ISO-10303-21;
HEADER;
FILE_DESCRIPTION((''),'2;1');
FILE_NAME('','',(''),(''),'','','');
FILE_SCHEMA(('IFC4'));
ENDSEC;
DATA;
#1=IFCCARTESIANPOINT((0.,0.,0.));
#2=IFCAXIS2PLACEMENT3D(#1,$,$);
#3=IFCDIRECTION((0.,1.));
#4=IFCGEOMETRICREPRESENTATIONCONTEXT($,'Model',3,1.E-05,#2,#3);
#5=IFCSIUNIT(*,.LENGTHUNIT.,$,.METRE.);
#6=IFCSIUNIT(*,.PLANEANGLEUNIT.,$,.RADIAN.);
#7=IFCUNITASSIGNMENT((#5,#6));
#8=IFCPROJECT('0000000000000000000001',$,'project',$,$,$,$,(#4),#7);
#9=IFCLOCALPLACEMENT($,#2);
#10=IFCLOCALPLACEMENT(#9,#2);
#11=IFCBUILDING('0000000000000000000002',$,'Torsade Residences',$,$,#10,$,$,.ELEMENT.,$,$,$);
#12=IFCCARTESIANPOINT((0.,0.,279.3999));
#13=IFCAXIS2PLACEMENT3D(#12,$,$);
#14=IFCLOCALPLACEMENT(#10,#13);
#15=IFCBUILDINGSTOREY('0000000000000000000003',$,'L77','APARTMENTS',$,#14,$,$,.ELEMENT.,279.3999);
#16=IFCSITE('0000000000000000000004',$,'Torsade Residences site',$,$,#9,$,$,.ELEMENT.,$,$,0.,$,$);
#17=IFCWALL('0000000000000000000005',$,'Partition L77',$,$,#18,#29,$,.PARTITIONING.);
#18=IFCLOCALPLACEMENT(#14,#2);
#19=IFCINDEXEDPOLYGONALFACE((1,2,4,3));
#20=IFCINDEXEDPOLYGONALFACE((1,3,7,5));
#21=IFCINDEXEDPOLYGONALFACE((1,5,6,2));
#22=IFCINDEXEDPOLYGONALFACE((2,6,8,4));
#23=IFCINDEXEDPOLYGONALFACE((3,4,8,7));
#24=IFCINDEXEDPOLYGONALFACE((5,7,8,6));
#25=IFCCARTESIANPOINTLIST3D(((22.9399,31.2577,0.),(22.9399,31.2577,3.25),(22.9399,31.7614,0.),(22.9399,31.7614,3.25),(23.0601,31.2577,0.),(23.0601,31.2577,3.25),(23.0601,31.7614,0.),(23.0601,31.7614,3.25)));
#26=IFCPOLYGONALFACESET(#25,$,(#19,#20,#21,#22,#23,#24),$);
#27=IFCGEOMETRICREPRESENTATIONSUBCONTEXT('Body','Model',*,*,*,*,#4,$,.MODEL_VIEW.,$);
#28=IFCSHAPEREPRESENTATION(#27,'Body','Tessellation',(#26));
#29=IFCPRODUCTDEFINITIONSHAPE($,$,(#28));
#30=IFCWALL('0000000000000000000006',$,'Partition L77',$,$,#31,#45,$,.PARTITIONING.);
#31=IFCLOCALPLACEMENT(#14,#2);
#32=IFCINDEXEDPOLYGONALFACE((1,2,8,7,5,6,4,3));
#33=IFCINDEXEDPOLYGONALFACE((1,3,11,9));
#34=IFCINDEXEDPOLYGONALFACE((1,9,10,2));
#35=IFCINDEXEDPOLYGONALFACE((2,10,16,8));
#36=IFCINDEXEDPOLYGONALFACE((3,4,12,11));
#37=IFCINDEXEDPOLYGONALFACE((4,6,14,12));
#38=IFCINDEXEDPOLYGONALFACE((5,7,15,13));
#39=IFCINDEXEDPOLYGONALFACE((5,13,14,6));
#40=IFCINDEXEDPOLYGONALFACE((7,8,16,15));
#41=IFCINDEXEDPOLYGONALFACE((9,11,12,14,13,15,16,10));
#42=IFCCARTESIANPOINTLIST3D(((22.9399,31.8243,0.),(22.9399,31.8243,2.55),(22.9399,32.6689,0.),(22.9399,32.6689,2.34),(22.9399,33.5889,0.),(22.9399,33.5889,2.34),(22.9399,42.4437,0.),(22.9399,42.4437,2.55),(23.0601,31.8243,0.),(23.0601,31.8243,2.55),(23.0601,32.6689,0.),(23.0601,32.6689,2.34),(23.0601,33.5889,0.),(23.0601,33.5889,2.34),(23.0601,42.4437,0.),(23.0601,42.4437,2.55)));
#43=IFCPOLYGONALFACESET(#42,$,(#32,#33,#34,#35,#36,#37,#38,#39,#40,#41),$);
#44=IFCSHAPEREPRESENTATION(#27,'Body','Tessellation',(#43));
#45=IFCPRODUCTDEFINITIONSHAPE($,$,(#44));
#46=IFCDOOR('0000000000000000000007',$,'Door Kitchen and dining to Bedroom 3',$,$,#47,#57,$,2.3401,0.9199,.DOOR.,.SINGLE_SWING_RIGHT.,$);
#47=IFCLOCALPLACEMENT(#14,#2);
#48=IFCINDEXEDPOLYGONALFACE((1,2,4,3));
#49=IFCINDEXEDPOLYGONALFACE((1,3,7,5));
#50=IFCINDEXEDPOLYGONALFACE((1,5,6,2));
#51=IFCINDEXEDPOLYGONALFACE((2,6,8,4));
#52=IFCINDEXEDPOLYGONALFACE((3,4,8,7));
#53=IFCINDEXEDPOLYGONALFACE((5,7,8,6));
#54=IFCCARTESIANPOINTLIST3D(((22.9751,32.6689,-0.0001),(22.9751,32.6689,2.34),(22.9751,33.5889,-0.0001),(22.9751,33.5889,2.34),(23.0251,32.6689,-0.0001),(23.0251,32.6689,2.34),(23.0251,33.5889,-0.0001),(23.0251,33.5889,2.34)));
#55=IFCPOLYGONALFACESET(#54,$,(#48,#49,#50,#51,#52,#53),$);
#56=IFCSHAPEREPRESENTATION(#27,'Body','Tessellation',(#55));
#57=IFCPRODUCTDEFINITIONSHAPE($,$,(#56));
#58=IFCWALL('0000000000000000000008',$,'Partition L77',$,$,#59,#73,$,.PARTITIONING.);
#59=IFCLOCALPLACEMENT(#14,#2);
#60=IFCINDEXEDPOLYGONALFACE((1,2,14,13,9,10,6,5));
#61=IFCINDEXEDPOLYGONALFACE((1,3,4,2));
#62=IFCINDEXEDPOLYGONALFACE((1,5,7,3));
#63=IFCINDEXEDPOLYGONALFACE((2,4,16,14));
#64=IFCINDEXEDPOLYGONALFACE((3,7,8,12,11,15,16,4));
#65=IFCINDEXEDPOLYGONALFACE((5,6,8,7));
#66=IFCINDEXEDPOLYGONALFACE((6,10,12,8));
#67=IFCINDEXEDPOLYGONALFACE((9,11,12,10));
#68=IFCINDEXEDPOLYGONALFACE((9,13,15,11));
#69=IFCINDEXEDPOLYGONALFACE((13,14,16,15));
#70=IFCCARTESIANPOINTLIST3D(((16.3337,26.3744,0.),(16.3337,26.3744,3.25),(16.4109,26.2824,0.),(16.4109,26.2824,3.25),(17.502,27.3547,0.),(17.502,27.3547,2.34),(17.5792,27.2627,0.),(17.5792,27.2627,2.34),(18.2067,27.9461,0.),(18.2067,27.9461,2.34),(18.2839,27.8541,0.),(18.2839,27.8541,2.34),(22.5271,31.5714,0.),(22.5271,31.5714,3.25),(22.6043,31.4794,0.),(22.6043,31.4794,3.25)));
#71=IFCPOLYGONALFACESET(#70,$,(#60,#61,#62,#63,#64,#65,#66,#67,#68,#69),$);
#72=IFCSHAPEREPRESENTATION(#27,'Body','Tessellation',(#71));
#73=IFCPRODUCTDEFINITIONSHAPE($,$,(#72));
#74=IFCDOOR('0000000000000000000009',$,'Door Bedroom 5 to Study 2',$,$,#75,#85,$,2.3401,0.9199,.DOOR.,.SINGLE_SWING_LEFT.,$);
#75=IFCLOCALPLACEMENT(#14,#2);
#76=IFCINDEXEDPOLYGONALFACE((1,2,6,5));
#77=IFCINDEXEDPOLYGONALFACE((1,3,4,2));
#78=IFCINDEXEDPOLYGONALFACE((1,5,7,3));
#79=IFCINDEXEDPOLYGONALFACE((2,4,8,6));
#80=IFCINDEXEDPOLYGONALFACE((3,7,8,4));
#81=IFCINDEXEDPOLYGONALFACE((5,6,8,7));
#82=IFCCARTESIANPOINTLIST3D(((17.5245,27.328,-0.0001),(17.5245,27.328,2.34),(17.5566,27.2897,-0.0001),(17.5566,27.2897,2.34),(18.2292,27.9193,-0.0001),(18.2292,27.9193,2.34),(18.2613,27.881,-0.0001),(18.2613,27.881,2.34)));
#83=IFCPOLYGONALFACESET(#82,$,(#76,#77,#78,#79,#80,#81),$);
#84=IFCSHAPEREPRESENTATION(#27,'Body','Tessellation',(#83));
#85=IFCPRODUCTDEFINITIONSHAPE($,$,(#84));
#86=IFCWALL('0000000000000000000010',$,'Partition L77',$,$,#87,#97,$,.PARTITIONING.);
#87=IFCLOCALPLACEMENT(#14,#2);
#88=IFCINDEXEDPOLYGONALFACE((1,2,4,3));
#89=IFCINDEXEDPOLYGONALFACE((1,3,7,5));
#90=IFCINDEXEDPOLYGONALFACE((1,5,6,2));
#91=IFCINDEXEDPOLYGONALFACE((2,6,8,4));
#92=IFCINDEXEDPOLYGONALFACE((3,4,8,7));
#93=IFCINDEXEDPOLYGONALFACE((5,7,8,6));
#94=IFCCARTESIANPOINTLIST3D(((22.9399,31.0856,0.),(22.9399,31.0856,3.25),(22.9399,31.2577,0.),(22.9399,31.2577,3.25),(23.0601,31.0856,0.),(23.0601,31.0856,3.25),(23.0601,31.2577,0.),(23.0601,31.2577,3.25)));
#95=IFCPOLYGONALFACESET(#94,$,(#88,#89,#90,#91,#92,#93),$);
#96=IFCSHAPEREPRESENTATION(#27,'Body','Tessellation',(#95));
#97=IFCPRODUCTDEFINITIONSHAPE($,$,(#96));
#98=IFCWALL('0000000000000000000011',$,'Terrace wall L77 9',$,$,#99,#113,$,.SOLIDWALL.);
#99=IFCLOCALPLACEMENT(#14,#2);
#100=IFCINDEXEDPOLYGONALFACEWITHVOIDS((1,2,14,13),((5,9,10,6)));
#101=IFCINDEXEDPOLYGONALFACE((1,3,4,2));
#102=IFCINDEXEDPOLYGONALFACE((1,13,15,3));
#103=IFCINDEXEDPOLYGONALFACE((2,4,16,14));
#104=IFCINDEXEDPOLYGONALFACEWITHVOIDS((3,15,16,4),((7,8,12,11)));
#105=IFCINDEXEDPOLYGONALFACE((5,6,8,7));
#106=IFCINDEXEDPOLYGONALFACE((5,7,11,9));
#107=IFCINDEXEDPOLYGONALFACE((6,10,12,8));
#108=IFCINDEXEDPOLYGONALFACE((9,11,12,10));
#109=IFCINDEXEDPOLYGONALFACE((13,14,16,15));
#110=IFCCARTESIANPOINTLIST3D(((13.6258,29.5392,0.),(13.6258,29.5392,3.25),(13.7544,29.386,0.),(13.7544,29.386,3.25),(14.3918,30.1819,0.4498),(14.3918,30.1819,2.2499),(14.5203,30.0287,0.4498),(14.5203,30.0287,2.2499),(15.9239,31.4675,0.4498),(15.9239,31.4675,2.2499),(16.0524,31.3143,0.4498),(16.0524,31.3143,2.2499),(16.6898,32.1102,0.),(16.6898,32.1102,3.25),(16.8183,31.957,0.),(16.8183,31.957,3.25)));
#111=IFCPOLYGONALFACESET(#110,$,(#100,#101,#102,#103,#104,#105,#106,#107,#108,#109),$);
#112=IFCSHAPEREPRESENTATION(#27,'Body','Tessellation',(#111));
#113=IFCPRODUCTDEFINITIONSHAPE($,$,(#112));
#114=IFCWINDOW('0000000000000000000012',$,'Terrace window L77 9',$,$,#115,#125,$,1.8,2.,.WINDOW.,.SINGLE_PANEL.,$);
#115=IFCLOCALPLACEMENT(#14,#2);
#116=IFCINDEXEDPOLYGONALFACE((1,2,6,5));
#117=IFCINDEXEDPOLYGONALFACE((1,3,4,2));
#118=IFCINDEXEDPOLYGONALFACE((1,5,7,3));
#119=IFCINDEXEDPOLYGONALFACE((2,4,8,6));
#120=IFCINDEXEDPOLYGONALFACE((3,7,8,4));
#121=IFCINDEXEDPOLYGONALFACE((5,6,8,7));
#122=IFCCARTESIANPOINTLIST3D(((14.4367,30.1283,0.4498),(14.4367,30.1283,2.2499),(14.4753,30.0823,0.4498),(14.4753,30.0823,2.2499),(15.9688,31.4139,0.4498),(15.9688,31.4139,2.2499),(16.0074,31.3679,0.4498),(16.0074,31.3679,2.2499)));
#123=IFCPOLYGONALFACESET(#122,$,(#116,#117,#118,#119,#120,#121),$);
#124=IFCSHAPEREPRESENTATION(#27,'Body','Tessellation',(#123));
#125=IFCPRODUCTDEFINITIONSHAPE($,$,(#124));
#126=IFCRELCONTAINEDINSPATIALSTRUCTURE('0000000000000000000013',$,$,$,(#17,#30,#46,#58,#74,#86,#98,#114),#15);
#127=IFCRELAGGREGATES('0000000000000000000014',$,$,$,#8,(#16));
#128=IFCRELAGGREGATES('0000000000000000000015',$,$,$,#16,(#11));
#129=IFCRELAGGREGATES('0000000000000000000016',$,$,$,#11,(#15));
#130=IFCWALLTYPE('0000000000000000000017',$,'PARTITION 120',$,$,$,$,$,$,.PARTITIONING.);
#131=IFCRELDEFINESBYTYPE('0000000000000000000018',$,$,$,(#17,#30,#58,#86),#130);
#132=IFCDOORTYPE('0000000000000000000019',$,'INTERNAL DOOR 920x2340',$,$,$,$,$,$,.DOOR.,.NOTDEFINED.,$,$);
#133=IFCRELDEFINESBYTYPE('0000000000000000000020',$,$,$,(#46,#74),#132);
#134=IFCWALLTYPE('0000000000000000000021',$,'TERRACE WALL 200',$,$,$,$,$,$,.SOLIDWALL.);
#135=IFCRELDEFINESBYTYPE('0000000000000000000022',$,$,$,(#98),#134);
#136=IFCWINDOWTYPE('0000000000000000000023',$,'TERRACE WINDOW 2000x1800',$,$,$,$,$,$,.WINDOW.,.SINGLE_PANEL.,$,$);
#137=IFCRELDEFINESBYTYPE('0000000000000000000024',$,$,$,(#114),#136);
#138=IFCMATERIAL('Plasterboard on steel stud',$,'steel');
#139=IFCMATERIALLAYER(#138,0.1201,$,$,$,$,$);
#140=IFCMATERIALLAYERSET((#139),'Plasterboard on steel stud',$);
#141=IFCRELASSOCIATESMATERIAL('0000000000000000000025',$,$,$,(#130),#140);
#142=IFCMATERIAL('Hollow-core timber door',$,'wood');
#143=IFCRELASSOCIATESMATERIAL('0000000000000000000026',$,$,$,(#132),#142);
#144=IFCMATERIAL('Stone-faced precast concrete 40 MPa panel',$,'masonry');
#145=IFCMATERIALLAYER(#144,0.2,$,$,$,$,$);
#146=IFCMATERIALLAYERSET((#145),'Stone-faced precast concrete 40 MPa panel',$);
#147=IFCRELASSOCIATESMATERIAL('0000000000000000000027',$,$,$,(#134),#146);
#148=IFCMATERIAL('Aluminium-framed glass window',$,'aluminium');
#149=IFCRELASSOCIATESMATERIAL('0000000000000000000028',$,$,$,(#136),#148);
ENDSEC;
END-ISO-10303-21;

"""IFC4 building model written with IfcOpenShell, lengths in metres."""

from ifc_helpers import new_model, si_unit, direction, frame, frame_2d, origin, place, context, subcontext, project, spatial, rectangle, extrude, material, layer, layer_set, type_object, element, fill, save


model = new_model("IFC4")

# Units and contexts
model_context = context("Model", 3, precision=1e-05, world=origin(), true_north=direction((0.0, 1.0)))
body_context = subcontext(model_context, "Body", "Model", "MODEL_VIEW")
ifc_project = project(units=[si_unit("LENGTHUNIT", "METRE"), si_unit("PLANEANGLEUNIT", "RADIAN")], contexts=[model_context])

# Site, building, storey
site_placement = place(None, origin())
site = spatial("IfcSite", under=ifc_project, at=site_placement, Name="Torsade Residences site", CompositionType="ELEMENT", RefElevation=0.0)
building_placement = place(site_placement, origin())
building = spatial("IfcBuilding", under=site, at=building_placement, Name="Torsade Residences", CompositionType="ELEMENT")
storey_placement = place(building_placement, frame((0.0, 0.0, 279.3999)))
storey = spatial("IfcBuildingStorey", under=building, at=storey_placement, Name="L77", Description="APARTMENTS", CompositionType="ELEMENT", Elevation=279.3999)

# Shared definitions
ifc_material_1 = material(Name="Plasterboard on steel stud", Category="steel")
ifc_layer_1 = layer(ifc_material_1, 0.1201)
ifc_layer_set_1 = layer_set([ifc_layer_1], Name="Plasterboard on steel stud")
wall_type_1 = type_object("IfcWallType", Name="PARTITION 120", PredefinedType="PARTITIONING", material=ifc_layer_set_1)
ifc_material_2 = material(Name="Hollow-core timber door", Category="wood")
door_type_1 = type_object("IfcDoorType", Name="INTERNAL DOOR 920x2340", OperationType="NOTDEFINED", PredefinedType="DOOR", material=ifc_material_2)

# Wall
wall_1_placement = place(storey_placement, frame((23.0, 31.2576, 0.0), z_axis=(0.0, 0.0, 1.0), x_axis=(0.0, 1.0, 0.0)))
element("IfcWall", 1, at=wall_1_placement, inside=storey, type_object=wall_type_1, Name="Partition L77", PredefinedType="PARTITIONING", context=body_context, shape_type="SweptSolid", body=[
    extrude(rectangle(XDim=0.5037, YDim=0.1201, at=frame_2d((0.252, 0.0))), origin(), (0.0, 0.0, 1.0), 3.25),
])

# Walls, openings, doors
wall_2_placement = place(storey_placement, frame((23.0, 31.8245, 0.0), z_axis=(0.0, 0.0, 1.0), x_axis=(0.0, 1.0, 0.0)))
wall_2 = element("IfcWall", 2, at=wall_2_placement, inside=storey, type_object=wall_type_1, Name="Partition L77", PredefinedType="PARTITIONING", context=body_context, shape_type="SweptSolid", body=[
    extrude(rectangle(XDim=10.6194, YDim=0.1201, at=frame_2d((5.3096, 0.0))), origin(), (0.0, 0.0, 1.0), 2.55),
])
opening_1_placement = place(wall_2_placement, frame((0.8445, 0.0, 0.0)))
opening_1 = element("IfcOpeningElement", 3, at=opening_1_placement, cuts=wall_2, PredefinedType="OPENING", context=body_context, shape_type="SweptSolid", body=[
    extrude(rectangle(XDim=0.9199, YDim=2.3401, at=frame_2d((0.46, 1.1699))), frame((0.0, 0.0701, 0.0), z_axis=(0.0, -1.0, 0.0), x_axis=(1.0, 0.0, 0.0)), (0.0, 0.0, 1.0), 0.1401),
])
door_1_placement = place(opening_1_placement, origin())
door_1 = element("IfcDoor", 4, at=door_1_placement, inside=storey, type_object=door_type_1, Name="Door Kitchen and dining to Bedroom 3", OperationType="SINGLE_SWING_RIGHT", OverallHeight=2.3401, OverallWidth=0.9199, PredefinedType="DOOR", context=body_context, shape_type="SweptSolid", body=[
    extrude(rectangle(XDim=0.9199, YDim=2.3401, at=frame_2d((0.46, 1.1699))), frame((0.0, 0.0249, 0.0), z_axis=(0.0, -1.0, 0.0), x_axis=(1.0, 0.0, 0.0)), (0.0, 0.0, 1.0), 0.05),
])
fill(opening_1, door_1)
wall_3_placement = place(storey_placement, frame((22.5657, 31.5254, 0.0), z_axis=(0.0, 0.0, 1.0), x_axis=(-0.766034, -0.6428, 0.0)))
wall_3 = element("IfcWall", 5, at=wall_3_placement, inside=storey, type_object=wall_type_1, Name="Partition L77", PredefinedType="PARTITIONING", context=body_context, shape_type="SweptSolid", body=[
    extrude(rectangle(XDim=8.085, YDim=0.1201, at=frame_2d((4.0425, 0.0))), origin(), (0.0, 0.0, 1.0), 3.25),
])
opening_2_placement = place(wall_3_placement, frame((5.6399, 0.0, 0.0)))
opening_2 = element("IfcOpeningElement", 6, at=opening_2_placement, cuts=wall_3, PredefinedType="OPENING", context=body_context, shape_type="SweptSolid", body=[
    extrude(rectangle(XDim=0.9199, YDim=2.3401, at=frame_2d((0.46, 1.1699))), frame((0.0, 0.0701, 0.0), z_axis=(0.0, -1.0, 0.0), x_axis=(1.0, 0.0, 0.0)), (0.0, 0.0, 1.0), 0.1401),
])
door_2_placement = place(opening_2_placement, origin())
door_2 = element("IfcDoor", 7, at=door_2_placement, inside=storey, type_object=door_type_1, Name="Door Bedroom 5 to Study 2", OperationType="SINGLE_SWING_LEFT", OverallHeight=2.3401, OverallWidth=0.9199, PredefinedType="DOOR", context=body_context, shape_type="SweptSolid", body=[
    extrude(rectangle(XDim=0.9199, YDim=2.3401, at=frame_2d((0.46, 1.1699))), frame((0.0, 0.0249, 0.0), z_axis=(0.0, -1.0, 0.0), x_axis=(1.0, 0.0, 0.0)), (0.0, 0.0, 1.0), 0.05),
])
fill(opening_2, door_2)

# Wall
wall_4_placement = place(storey_placement, frame((23.0, 31.2576, 0.0), z_axis=(0.0, 0.0, 1.0), x_axis=(0.0, -1.0, 0.0)))
element("IfcWall", 8, at=wall_4_placement, inside=storey, type_object=wall_type_1, Name="Partition L77", PredefinedType="PARTITIONING", context=body_context, shape_type="SweptSolid", body=[
    extrude(rectangle(XDim=0.1721, YDim=0.1201, at=frame_2d((0.0859, 0.0))), origin(), (0.0, 0.0, 1.0), 3.25),
])

# Shared definitions
ifc_material_3 = material(Name="Stone-faced precast concrete 40 MPa panel", Category="masonry")
ifc_layer_2 = layer(ifc_material_3, 0.2)
ifc_layer_set_2 = layer_set([ifc_layer_2], Name="Stone-faced precast concrete 40 MPa panel")
wall_type_2 = type_object("IfcWallType", Name="TERRACE WALL 200", PredefinedType="SOLIDWALL", material=ifc_layer_set_2)

# Wall, opening, window
wall_5_placement = place(storey_placement, frame((16.7542, 32.0337, 0.0), z_axis=(0.0, 0.0, 1.0), x_axis=(-0.766035, -0.642798, 0.0)))
wall_5 = element("IfcWall", 9, at=wall_5_placement, inside=storey, type_object=wall_type_2, Name="Terrace wall L77 9", PredefinedType="SOLIDWALL", context=body_context, shape_type="SweptSolid", body=[
    extrude(rectangle(XDim=3.9998, YDim=0.2, at=frame_2d((2.0, 0.0))), origin(), (0.0, 0.0, 1.0), 3.25),
])
opening_3_placement = place(wall_5_placement, frame((1.0, 0.0, 0.45)))
opening_3 = element("IfcOpeningElement", 10, at=opening_3_placement, cuts=wall_5, PredefinedType="OPENING", context=body_context, shape_type="SweptSolid", body=[
    extrude(rectangle(XDim=2.0, YDim=1.8, at=frame_2d((1.0, 0.8999))), frame((0.0, 0.1099, 0.0), z_axis=(0.0, -1.0, 0.0), x_axis=(1.0, 0.0, 0.0)), (0.0, 0.0, 1.0), 0.22),
])
ifc_material_4 = material(Name="Aluminium-framed glass window", Category="aluminium")
window_type = type_object("IfcWindowType", Name="TERRACE WINDOW 2000x1800", PartitioningType="SINGLE_PANEL", PredefinedType="WINDOW", material=ifc_material_4)
window_placement = place(opening_3_placement, origin())
window = element("IfcWindow", 11, at=window_placement, inside=storey, type_object=window_type, Name="Terrace window L77 9", OverallHeight=1.8, OverallWidth=2.0, PartitioningType="SINGLE_PANEL", PredefinedType="WINDOW", context=body_context, shape_type="SweptSolid", body=[
    extrude(rectangle(XDim=2.0, YDim=1.8, at=frame_2d((1.0, 0.8999))), frame((0.0, 0.03, 0.0), z_axis=(0.0, -1.0, 0.0), x_axis=(1.0, 0.0, 0.0)), (0.0, 0.0, 1.0), 0.0601),
])
fill(opening_3, window)

save(model, "model.ifc")
